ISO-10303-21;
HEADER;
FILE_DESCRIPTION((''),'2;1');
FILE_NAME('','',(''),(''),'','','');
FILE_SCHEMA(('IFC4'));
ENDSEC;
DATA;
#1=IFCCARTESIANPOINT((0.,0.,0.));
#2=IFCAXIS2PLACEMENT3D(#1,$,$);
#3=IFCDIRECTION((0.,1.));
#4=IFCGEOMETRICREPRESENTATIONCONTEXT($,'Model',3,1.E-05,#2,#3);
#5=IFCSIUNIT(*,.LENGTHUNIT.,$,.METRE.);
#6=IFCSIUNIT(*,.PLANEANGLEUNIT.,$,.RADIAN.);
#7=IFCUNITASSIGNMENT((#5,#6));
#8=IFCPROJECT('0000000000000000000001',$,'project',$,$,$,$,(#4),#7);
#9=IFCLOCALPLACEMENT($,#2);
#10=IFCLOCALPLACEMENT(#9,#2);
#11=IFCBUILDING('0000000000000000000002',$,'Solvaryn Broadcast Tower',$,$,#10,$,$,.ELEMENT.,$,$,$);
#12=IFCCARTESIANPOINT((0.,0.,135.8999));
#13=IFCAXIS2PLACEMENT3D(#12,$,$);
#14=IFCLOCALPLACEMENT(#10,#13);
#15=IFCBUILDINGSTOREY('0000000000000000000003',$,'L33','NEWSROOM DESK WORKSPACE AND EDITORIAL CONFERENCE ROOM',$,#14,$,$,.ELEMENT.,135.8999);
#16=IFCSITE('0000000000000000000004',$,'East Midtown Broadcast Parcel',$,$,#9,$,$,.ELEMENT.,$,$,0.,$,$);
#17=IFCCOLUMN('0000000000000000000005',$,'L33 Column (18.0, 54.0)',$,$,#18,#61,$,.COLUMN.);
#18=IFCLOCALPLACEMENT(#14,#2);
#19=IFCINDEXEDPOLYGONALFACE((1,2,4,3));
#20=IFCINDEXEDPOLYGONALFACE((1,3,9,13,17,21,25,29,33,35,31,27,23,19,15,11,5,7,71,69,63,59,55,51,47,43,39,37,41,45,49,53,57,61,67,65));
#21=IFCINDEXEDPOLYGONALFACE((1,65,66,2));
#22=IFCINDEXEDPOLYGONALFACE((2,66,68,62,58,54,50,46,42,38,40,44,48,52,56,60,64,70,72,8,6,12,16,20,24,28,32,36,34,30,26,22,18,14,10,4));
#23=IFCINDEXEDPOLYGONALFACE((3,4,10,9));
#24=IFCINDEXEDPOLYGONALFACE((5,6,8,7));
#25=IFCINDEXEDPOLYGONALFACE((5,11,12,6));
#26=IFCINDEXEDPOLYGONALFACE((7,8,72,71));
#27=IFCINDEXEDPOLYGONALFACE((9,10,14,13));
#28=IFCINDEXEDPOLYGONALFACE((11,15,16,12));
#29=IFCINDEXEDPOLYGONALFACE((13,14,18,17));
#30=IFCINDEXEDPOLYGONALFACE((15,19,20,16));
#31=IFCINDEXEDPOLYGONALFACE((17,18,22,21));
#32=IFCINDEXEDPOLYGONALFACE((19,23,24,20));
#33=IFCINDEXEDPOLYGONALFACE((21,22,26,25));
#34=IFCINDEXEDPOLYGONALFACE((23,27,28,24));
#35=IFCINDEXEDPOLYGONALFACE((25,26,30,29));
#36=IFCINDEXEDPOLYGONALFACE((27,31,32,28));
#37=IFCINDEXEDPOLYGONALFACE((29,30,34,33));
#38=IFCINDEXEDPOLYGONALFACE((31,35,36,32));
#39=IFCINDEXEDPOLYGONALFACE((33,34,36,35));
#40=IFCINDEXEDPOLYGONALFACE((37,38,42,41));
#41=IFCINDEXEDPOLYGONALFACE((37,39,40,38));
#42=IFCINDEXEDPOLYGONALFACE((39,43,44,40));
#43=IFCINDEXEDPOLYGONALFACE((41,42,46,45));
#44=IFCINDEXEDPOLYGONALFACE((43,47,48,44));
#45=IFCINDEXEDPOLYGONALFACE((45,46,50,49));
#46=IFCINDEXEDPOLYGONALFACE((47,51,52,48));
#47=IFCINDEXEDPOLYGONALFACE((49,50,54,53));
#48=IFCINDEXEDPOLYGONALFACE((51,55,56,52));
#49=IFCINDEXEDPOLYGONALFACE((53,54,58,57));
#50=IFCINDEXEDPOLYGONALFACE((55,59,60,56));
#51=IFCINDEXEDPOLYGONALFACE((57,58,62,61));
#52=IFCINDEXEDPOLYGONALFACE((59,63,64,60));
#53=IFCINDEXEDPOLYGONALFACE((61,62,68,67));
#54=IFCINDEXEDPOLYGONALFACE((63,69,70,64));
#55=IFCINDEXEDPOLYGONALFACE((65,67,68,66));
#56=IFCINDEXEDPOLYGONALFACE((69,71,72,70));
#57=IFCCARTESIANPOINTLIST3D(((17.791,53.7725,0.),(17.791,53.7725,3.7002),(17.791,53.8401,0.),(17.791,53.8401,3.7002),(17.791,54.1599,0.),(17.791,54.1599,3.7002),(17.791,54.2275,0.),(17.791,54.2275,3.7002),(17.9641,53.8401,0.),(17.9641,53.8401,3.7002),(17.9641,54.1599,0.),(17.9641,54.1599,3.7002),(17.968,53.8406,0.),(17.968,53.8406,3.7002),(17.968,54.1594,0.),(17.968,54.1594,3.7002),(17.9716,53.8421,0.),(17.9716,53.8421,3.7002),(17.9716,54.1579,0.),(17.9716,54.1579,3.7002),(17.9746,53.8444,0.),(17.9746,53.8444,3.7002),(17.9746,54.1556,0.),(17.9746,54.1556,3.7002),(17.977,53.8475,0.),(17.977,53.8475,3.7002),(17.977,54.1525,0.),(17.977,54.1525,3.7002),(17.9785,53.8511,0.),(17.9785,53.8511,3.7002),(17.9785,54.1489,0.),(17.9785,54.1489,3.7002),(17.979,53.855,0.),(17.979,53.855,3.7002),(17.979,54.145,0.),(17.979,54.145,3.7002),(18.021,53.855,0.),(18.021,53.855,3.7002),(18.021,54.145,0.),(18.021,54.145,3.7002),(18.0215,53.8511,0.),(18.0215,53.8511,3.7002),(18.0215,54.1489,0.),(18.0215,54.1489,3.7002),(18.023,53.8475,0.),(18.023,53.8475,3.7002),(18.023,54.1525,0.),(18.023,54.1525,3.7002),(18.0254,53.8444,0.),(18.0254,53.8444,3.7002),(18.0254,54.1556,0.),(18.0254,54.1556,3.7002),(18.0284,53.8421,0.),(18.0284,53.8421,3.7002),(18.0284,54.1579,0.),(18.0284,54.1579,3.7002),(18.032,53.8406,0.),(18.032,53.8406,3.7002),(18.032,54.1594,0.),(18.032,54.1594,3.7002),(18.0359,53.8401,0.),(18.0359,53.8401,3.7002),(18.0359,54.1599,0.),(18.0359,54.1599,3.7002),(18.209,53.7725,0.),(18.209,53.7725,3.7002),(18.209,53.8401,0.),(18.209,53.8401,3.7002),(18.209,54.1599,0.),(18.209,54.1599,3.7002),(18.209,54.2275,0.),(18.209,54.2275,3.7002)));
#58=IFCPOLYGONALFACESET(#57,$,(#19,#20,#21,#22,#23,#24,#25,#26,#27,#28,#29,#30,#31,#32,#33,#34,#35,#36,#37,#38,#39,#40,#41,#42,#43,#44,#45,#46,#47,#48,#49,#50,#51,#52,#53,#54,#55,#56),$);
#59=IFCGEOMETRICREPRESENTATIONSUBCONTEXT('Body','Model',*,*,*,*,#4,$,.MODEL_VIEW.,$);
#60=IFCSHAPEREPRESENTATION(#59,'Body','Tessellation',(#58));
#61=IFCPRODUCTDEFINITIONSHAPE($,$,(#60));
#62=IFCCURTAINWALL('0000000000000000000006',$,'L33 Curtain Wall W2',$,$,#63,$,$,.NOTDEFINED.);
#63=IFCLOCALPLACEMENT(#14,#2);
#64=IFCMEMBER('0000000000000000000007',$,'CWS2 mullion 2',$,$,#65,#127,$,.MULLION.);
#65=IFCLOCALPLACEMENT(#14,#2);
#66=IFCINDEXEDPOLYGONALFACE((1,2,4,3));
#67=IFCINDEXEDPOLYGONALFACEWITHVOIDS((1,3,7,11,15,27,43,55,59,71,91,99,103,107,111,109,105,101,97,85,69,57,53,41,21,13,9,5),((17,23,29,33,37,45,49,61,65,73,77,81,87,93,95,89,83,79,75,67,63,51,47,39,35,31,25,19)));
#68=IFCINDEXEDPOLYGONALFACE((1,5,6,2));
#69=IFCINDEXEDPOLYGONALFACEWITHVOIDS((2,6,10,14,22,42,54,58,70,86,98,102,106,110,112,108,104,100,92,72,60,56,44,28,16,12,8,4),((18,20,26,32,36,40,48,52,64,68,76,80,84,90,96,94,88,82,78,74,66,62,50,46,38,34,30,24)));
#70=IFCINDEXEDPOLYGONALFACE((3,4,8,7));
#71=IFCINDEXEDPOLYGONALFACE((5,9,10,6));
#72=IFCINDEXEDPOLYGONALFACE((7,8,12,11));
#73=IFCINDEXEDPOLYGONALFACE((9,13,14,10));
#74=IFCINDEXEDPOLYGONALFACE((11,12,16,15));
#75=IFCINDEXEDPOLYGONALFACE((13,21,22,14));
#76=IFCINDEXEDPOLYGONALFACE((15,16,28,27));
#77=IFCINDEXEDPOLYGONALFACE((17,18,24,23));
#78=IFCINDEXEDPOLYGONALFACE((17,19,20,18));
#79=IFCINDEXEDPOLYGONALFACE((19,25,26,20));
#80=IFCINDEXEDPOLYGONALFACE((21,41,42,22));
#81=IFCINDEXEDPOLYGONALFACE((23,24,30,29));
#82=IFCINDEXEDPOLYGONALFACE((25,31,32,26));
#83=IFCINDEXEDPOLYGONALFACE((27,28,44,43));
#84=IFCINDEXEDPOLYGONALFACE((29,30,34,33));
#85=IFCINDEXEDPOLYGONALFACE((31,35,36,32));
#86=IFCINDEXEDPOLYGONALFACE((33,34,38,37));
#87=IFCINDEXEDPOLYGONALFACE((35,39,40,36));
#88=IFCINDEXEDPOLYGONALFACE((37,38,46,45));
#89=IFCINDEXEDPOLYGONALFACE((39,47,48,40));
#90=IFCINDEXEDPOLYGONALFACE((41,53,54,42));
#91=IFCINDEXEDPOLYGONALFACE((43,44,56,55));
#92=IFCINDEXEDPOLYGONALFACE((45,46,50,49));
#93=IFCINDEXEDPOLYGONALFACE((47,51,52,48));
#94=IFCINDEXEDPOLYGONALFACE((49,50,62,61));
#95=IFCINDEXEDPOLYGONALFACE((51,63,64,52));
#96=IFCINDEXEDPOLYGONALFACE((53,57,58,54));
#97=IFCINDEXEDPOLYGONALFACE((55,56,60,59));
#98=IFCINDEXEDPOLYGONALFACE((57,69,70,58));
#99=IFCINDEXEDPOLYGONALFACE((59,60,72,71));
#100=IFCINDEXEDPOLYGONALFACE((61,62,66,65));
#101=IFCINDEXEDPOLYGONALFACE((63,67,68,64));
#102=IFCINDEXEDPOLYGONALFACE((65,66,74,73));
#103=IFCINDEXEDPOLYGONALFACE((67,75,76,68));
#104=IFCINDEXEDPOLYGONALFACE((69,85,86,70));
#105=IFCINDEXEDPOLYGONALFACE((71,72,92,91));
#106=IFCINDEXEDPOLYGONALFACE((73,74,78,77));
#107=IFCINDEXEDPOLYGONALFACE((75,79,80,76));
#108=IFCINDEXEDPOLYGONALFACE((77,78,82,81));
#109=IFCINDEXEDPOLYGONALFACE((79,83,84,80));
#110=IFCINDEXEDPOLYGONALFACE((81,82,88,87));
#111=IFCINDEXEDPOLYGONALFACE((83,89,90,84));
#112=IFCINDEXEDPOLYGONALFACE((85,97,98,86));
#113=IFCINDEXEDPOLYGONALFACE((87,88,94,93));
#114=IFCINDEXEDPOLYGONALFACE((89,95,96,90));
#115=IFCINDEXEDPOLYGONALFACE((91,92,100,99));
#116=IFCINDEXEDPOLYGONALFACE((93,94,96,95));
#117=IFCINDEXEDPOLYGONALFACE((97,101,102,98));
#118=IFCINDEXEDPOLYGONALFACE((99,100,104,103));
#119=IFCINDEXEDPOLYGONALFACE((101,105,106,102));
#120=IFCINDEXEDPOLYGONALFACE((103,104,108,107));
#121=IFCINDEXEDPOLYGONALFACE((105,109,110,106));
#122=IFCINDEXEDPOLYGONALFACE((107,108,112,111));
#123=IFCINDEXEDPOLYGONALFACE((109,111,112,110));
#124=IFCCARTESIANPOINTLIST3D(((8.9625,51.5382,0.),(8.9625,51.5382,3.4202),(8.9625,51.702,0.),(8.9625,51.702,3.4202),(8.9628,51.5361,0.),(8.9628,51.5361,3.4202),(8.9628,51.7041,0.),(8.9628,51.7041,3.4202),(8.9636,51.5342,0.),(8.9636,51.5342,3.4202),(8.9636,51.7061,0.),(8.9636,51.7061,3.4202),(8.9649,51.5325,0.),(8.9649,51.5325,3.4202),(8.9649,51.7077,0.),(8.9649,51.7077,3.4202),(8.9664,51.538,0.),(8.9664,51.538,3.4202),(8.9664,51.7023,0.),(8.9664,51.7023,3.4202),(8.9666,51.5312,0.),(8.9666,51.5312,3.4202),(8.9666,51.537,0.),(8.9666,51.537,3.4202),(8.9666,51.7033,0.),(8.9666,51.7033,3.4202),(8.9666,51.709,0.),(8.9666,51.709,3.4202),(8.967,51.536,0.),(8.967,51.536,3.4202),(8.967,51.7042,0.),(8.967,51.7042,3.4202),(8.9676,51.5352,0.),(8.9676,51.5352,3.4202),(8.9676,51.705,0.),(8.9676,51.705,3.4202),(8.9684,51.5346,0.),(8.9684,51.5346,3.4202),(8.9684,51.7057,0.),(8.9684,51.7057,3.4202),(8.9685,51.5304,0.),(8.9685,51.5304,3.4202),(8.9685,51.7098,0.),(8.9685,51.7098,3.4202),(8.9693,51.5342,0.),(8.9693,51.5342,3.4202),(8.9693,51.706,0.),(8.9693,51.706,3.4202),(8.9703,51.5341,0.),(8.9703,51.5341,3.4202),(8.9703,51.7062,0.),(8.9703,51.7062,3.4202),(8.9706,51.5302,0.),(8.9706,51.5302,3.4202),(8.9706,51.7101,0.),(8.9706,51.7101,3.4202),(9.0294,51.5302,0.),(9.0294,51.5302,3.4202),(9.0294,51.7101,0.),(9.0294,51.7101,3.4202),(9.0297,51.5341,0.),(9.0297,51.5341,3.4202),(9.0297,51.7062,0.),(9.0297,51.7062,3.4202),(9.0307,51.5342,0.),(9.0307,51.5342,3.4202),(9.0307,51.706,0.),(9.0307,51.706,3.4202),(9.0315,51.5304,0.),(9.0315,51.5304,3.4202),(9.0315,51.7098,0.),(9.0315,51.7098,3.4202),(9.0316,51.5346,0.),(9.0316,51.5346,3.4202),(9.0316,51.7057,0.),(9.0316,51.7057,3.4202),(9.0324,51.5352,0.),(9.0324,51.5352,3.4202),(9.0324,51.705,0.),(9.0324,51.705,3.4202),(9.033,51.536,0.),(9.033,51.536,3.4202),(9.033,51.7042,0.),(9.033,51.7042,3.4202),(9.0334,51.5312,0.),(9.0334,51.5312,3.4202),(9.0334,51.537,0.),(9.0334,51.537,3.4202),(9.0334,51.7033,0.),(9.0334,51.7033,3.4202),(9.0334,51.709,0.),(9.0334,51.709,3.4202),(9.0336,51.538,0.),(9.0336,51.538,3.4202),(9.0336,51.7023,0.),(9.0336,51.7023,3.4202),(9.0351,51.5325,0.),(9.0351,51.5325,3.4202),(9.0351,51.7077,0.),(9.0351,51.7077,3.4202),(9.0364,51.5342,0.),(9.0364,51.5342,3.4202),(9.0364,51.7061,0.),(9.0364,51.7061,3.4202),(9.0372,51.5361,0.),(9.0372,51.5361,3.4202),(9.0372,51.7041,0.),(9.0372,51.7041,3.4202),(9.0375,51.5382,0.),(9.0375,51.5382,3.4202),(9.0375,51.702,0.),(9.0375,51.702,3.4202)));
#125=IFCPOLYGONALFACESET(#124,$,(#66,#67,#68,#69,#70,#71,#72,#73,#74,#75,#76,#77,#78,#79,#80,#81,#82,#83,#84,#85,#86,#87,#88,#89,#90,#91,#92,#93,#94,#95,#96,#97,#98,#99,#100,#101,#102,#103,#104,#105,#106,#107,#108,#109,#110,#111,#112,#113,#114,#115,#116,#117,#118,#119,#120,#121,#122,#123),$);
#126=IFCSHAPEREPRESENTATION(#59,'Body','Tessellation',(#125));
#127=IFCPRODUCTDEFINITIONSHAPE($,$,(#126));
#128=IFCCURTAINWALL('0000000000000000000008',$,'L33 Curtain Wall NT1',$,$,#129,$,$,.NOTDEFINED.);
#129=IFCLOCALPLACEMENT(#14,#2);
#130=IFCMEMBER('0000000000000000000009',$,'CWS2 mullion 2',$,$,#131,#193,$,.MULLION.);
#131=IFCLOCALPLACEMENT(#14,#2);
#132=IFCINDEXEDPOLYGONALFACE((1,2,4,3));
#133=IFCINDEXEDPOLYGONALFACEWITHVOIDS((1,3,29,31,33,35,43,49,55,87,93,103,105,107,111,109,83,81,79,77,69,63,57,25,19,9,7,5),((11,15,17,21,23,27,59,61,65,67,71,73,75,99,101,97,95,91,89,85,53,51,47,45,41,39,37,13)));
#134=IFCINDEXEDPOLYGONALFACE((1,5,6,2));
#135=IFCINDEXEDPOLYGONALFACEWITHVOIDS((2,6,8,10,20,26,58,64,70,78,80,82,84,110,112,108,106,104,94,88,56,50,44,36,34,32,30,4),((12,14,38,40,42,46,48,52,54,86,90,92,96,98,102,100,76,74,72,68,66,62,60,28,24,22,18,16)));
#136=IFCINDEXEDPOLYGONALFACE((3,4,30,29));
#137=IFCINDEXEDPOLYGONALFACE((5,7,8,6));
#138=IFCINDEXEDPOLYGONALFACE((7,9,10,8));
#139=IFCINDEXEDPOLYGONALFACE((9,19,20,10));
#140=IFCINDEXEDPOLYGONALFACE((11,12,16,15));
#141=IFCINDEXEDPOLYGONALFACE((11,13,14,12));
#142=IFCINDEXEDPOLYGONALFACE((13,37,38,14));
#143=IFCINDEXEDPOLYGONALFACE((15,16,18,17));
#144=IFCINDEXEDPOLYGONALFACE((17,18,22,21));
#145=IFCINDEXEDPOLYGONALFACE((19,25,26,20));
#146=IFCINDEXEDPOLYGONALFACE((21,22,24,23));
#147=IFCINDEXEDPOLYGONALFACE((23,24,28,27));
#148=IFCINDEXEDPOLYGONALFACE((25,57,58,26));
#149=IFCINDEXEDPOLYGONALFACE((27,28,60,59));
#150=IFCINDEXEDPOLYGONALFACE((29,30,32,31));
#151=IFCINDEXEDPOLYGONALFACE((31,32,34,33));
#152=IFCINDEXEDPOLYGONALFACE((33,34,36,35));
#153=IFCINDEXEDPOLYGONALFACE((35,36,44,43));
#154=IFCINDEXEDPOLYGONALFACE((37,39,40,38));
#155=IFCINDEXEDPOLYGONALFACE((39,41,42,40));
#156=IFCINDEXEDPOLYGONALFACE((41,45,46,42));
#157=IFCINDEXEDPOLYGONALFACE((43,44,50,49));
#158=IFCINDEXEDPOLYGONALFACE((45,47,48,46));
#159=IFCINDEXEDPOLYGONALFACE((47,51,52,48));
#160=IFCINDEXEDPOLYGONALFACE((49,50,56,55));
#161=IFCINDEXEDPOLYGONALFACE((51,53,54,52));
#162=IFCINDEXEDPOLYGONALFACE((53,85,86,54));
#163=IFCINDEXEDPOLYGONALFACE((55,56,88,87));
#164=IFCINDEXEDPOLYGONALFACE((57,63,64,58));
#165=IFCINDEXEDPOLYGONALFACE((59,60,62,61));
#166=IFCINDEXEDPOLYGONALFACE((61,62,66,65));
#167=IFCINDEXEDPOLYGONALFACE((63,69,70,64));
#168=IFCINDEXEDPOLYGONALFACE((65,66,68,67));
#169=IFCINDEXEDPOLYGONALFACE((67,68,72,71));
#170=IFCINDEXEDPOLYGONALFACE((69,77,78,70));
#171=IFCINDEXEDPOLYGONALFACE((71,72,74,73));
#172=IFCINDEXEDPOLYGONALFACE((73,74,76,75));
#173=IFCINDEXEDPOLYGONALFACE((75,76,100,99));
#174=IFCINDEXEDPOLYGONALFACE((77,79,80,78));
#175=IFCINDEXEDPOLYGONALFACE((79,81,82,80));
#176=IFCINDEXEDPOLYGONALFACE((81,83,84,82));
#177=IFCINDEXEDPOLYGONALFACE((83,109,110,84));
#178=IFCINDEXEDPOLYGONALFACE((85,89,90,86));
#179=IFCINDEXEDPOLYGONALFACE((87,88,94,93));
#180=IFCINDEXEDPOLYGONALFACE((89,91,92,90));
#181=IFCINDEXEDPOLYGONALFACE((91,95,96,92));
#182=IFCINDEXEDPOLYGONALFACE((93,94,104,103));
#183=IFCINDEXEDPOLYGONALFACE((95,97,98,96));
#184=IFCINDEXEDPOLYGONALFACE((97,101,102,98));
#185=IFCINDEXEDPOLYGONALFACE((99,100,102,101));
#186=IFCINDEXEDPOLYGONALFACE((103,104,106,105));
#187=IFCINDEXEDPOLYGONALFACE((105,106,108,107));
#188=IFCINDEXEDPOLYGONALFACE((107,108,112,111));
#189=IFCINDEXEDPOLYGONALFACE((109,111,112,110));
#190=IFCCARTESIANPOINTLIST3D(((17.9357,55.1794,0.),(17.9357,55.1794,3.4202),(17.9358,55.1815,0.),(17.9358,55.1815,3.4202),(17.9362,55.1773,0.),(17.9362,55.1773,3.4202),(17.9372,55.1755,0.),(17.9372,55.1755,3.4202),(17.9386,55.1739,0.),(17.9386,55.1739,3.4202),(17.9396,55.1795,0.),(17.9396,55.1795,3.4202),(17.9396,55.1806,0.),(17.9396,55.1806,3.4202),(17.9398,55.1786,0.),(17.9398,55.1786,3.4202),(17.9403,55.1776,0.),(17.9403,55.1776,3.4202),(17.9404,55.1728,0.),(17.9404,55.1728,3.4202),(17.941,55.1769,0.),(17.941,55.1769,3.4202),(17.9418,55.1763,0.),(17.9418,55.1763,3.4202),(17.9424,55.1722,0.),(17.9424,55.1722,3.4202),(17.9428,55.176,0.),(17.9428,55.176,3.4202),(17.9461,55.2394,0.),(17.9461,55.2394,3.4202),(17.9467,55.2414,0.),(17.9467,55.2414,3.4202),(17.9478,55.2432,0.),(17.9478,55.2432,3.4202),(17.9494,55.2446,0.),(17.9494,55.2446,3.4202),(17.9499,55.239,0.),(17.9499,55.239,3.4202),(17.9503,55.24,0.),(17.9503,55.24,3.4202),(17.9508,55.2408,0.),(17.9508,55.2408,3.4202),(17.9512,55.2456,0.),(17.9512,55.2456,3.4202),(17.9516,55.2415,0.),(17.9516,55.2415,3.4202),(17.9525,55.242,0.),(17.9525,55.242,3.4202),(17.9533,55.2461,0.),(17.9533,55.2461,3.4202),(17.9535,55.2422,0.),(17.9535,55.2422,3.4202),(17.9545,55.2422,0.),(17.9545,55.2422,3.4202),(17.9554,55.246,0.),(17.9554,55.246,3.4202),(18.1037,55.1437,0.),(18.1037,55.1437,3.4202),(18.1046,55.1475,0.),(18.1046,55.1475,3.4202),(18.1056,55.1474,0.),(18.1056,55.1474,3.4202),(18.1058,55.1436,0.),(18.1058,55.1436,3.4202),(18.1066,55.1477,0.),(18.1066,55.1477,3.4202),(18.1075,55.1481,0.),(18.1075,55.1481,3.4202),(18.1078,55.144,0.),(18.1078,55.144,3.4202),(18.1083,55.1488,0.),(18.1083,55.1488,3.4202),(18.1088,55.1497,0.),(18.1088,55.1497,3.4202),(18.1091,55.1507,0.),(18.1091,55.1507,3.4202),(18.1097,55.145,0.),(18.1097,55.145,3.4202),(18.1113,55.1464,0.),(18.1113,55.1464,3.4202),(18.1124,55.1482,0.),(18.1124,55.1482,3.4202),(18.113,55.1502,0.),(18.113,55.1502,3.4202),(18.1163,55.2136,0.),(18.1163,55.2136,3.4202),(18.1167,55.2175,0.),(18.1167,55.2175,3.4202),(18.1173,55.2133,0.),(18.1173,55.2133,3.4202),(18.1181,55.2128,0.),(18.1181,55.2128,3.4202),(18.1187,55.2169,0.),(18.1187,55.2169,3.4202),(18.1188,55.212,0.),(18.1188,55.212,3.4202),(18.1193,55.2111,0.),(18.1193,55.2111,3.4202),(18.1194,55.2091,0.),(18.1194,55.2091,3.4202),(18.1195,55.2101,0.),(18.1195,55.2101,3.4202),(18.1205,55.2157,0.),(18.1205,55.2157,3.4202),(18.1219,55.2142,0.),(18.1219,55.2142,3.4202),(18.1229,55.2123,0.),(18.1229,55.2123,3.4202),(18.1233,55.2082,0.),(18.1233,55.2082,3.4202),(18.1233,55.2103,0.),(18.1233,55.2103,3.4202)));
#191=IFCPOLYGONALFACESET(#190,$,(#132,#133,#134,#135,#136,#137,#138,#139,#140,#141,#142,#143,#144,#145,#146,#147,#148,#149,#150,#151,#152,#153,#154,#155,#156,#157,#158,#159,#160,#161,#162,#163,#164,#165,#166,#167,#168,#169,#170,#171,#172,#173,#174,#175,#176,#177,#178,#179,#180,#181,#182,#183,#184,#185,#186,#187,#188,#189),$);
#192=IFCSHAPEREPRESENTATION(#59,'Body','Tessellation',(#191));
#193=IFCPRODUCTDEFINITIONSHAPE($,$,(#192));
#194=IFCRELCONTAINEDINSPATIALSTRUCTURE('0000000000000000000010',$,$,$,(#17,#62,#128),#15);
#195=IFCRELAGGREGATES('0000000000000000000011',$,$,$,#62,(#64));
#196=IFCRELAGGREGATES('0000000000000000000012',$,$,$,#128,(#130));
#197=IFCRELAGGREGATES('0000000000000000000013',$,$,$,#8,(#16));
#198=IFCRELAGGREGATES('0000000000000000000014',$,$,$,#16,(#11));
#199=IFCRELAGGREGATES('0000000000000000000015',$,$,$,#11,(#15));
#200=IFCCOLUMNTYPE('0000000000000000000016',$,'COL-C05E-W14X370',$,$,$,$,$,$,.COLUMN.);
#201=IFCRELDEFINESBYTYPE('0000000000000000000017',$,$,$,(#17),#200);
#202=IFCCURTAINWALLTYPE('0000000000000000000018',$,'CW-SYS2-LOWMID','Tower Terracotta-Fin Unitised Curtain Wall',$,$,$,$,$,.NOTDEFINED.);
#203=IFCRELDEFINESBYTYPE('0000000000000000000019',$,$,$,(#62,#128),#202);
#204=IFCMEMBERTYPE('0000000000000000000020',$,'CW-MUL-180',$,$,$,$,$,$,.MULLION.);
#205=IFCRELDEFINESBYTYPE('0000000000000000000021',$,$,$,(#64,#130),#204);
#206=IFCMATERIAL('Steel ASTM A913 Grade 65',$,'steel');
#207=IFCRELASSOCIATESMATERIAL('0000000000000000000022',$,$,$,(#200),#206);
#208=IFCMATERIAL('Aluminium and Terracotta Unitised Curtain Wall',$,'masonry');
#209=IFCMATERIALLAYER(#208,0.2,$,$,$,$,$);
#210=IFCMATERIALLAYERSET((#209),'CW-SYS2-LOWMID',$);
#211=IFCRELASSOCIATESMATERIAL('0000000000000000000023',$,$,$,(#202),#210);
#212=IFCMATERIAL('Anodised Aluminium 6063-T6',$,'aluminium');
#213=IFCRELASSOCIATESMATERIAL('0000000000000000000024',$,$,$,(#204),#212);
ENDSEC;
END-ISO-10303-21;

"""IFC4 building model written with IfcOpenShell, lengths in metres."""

from ifc_helpers import new_model, si_unit, direction, frame, origin, origin_2d, place, context, subcontext, project, spatial, hollow_rectangle, i_section, extrude, material, layer, layer_set, material_profile, profile_set, type_object, element, aggregate, save


model = new_model("IFC4")

# Units and contexts
model_context = context("Model", 3, precision=1e-05, world=origin(), true_north=direction((0.0, 1.0)))
body_context = subcontext(model_context, "Body", "Model", "MODEL_VIEW")
ifc_project = project(units=[si_unit("LENGTHUNIT", "METRE"), si_unit("PLANEANGLEUNIT", "RADIAN")], contexts=[model_context])

# Site, building, storey
site_placement = place(None, origin())
site = spatial("IfcSite", under=ifc_project, at=site_placement, Name="East Midtown Broadcast Parcel", CompositionType="ELEMENT", RefElevation=0.0)
building_placement = place(site_placement, origin())
building = spatial("IfcBuilding", under=site, at=building_placement, Name="Solvaryn Broadcast Tower", CompositionType="ELEMENT")
storey_placement = place(building_placement, frame((0.0, 0.0, 135.8999)))
storey = spatial("IfcBuildingStorey", under=building, at=storey_placement, Name="L33", Description="NEWSROOM DESK WORKSPACE AND EDITORIAL CONFERENCE ROOM", CompositionType="ELEMENT", Elevation=135.8999)

# Column
ifc_material_1 = material(Name="Steel ASTM A913 Grade 65", Category="steel")
ifc_material_profile_1 = material_profile(ifc_material_1, i_section(OverallWidth=0.418, OverallDepth=0.4551, WebThickness=0.042, FlangeThickness=0.0676, FilletRadius=0.0149, at=origin_2d()))
ifc_profile_set_1 = profile_set([ifc_material_profile_1], Name="Steel ASTM A913 Grade 65")
column_type = type_object("IfcColumnType", Name="COL-C05E-W14X370", PredefinedType="COLUMN", material=ifc_profile_set_1)
column_placement = place(storey_placement, frame((18.0, 54.0, 0.0), z_axis=(0.0, 0.0, 1.0), x_axis=(1.0, 0.0, 0.0)))
element("IfcColumn", 1, at=column_placement, inside=storey, type_object=column_type, Name="L33 Column (18.0, 54.0)", PredefinedType="COLUMN", context=body_context, shape_type="SweptSolid", body=[
    extrude(i_section(OverallWidth=0.418, OverallDepth=0.4551, WebThickness=0.042, FlangeThickness=0.0676, FilletRadius=0.0149, at=origin_2d()), origin(), (0.0, 0.0, 1.0), 3.7002),
])

# Curtain walls, members
ifc_material_2 = material(Name="Aluminium and Terracotta Unitised Curtain Wall", Category="masonry")
ifc_layer_1 = layer(ifc_material_2, 0.2)
ifc_layer_set_1 = layer_set([ifc_layer_1], Name="CW-SYS2-LOWMID")
curtain_wall_type = type_object("IfcCurtainWallType", Name="CW-SYS2-LOWMID", Description="Tower Terracotta-Fin Unitised Curtain Wall", PredefinedType="NOTDEFINED", material=ifc_layer_set_1)
curtain_wall_1_placement = place(storey_placement, origin())
curtain_wall_1 = element("IfcCurtainWall", 2, at=curtain_wall_1_placement, inside=storey, type_object=curtain_wall_type, Name="L33 Curtain Wall W2", PredefinedType="NOTDEFINED")
ifc_material_3 = material(Name="Anodised Aluminium 6063-T6", Category="aluminium")
ifc_material_profile_2 = material_profile(ifc_material_3, hollow_rectangle(XDim=0.075, YDim=0.1799, WallThickness=0.0039, InnerFilletRadius=0.0039, OuterFilletRadius=0.0081, at=origin_2d()))
ifc_profile_set_2 = profile_set([ifc_material_profile_2], Name="Anodised Aluminium 6063-T6")
member_type_1 = type_object("IfcMemberType", Name="CW-MUL-180", PredefinedType="MULLION", material=ifc_profile_set_2)
member_1_placement = place(storey_placement, frame((9.0, 51.6201, 0.0), z_axis=(0.0, 0.0, 1.0), x_axis=(-1.0, 0.0, 0.0)))
member_1 = element("IfcMember", 3, at=member_1_placement, type_object=member_type_1, Name="CWS2 mullion 2", PredefinedType="MULLION", context=body_context, shape_type="SweptSolid", body=[
    extrude(hollow_rectangle(XDim=0.075, YDim=0.1799, WallThickness=0.0039, InnerFilletRadius=0.0039, OuterFilletRadius=0.0081, at=origin_2d()), origin(), (0.0, 0.0, 1.0), 3.4202),
])
curtain_wall_2_placement = place(storey_placement, origin())
curtain_wall_2 = element("IfcCurtainWall", 4, at=curtain_wall_2_placement, inside=storey, type_object=curtain_wall_type, Name="L33 Curtain Wall NT1", PredefinedType="NOTDEFINED")
member_2_placement = place(storey_placement, frame((18.0295, 55.1948, 0.0), z_axis=(0.0, 0.0, 1.0), x_axis=(-0.173785, -0.984784, 0.0)))
member_2 = element("IfcMember", 5, at=member_2_placement, type_object=member_type_1, Name="CWS2 mullion 2", PredefinedType="MULLION", context=body_context, shape_type="SweptSolid", body=[
    extrude(hollow_rectangle(XDim=0.075, YDim=0.1799, WallThickness=0.0039, InnerFilletRadius=0.0039, OuterFilletRadius=0.0081, at=origin_2d()), origin(), (0.0, 0.0, 1.0), 3.4202),
])

aggregate(curtain_wall_1, [member_1])
aggregate(curtain_wall_2, [member_2])

save(model, "model.ifc")
